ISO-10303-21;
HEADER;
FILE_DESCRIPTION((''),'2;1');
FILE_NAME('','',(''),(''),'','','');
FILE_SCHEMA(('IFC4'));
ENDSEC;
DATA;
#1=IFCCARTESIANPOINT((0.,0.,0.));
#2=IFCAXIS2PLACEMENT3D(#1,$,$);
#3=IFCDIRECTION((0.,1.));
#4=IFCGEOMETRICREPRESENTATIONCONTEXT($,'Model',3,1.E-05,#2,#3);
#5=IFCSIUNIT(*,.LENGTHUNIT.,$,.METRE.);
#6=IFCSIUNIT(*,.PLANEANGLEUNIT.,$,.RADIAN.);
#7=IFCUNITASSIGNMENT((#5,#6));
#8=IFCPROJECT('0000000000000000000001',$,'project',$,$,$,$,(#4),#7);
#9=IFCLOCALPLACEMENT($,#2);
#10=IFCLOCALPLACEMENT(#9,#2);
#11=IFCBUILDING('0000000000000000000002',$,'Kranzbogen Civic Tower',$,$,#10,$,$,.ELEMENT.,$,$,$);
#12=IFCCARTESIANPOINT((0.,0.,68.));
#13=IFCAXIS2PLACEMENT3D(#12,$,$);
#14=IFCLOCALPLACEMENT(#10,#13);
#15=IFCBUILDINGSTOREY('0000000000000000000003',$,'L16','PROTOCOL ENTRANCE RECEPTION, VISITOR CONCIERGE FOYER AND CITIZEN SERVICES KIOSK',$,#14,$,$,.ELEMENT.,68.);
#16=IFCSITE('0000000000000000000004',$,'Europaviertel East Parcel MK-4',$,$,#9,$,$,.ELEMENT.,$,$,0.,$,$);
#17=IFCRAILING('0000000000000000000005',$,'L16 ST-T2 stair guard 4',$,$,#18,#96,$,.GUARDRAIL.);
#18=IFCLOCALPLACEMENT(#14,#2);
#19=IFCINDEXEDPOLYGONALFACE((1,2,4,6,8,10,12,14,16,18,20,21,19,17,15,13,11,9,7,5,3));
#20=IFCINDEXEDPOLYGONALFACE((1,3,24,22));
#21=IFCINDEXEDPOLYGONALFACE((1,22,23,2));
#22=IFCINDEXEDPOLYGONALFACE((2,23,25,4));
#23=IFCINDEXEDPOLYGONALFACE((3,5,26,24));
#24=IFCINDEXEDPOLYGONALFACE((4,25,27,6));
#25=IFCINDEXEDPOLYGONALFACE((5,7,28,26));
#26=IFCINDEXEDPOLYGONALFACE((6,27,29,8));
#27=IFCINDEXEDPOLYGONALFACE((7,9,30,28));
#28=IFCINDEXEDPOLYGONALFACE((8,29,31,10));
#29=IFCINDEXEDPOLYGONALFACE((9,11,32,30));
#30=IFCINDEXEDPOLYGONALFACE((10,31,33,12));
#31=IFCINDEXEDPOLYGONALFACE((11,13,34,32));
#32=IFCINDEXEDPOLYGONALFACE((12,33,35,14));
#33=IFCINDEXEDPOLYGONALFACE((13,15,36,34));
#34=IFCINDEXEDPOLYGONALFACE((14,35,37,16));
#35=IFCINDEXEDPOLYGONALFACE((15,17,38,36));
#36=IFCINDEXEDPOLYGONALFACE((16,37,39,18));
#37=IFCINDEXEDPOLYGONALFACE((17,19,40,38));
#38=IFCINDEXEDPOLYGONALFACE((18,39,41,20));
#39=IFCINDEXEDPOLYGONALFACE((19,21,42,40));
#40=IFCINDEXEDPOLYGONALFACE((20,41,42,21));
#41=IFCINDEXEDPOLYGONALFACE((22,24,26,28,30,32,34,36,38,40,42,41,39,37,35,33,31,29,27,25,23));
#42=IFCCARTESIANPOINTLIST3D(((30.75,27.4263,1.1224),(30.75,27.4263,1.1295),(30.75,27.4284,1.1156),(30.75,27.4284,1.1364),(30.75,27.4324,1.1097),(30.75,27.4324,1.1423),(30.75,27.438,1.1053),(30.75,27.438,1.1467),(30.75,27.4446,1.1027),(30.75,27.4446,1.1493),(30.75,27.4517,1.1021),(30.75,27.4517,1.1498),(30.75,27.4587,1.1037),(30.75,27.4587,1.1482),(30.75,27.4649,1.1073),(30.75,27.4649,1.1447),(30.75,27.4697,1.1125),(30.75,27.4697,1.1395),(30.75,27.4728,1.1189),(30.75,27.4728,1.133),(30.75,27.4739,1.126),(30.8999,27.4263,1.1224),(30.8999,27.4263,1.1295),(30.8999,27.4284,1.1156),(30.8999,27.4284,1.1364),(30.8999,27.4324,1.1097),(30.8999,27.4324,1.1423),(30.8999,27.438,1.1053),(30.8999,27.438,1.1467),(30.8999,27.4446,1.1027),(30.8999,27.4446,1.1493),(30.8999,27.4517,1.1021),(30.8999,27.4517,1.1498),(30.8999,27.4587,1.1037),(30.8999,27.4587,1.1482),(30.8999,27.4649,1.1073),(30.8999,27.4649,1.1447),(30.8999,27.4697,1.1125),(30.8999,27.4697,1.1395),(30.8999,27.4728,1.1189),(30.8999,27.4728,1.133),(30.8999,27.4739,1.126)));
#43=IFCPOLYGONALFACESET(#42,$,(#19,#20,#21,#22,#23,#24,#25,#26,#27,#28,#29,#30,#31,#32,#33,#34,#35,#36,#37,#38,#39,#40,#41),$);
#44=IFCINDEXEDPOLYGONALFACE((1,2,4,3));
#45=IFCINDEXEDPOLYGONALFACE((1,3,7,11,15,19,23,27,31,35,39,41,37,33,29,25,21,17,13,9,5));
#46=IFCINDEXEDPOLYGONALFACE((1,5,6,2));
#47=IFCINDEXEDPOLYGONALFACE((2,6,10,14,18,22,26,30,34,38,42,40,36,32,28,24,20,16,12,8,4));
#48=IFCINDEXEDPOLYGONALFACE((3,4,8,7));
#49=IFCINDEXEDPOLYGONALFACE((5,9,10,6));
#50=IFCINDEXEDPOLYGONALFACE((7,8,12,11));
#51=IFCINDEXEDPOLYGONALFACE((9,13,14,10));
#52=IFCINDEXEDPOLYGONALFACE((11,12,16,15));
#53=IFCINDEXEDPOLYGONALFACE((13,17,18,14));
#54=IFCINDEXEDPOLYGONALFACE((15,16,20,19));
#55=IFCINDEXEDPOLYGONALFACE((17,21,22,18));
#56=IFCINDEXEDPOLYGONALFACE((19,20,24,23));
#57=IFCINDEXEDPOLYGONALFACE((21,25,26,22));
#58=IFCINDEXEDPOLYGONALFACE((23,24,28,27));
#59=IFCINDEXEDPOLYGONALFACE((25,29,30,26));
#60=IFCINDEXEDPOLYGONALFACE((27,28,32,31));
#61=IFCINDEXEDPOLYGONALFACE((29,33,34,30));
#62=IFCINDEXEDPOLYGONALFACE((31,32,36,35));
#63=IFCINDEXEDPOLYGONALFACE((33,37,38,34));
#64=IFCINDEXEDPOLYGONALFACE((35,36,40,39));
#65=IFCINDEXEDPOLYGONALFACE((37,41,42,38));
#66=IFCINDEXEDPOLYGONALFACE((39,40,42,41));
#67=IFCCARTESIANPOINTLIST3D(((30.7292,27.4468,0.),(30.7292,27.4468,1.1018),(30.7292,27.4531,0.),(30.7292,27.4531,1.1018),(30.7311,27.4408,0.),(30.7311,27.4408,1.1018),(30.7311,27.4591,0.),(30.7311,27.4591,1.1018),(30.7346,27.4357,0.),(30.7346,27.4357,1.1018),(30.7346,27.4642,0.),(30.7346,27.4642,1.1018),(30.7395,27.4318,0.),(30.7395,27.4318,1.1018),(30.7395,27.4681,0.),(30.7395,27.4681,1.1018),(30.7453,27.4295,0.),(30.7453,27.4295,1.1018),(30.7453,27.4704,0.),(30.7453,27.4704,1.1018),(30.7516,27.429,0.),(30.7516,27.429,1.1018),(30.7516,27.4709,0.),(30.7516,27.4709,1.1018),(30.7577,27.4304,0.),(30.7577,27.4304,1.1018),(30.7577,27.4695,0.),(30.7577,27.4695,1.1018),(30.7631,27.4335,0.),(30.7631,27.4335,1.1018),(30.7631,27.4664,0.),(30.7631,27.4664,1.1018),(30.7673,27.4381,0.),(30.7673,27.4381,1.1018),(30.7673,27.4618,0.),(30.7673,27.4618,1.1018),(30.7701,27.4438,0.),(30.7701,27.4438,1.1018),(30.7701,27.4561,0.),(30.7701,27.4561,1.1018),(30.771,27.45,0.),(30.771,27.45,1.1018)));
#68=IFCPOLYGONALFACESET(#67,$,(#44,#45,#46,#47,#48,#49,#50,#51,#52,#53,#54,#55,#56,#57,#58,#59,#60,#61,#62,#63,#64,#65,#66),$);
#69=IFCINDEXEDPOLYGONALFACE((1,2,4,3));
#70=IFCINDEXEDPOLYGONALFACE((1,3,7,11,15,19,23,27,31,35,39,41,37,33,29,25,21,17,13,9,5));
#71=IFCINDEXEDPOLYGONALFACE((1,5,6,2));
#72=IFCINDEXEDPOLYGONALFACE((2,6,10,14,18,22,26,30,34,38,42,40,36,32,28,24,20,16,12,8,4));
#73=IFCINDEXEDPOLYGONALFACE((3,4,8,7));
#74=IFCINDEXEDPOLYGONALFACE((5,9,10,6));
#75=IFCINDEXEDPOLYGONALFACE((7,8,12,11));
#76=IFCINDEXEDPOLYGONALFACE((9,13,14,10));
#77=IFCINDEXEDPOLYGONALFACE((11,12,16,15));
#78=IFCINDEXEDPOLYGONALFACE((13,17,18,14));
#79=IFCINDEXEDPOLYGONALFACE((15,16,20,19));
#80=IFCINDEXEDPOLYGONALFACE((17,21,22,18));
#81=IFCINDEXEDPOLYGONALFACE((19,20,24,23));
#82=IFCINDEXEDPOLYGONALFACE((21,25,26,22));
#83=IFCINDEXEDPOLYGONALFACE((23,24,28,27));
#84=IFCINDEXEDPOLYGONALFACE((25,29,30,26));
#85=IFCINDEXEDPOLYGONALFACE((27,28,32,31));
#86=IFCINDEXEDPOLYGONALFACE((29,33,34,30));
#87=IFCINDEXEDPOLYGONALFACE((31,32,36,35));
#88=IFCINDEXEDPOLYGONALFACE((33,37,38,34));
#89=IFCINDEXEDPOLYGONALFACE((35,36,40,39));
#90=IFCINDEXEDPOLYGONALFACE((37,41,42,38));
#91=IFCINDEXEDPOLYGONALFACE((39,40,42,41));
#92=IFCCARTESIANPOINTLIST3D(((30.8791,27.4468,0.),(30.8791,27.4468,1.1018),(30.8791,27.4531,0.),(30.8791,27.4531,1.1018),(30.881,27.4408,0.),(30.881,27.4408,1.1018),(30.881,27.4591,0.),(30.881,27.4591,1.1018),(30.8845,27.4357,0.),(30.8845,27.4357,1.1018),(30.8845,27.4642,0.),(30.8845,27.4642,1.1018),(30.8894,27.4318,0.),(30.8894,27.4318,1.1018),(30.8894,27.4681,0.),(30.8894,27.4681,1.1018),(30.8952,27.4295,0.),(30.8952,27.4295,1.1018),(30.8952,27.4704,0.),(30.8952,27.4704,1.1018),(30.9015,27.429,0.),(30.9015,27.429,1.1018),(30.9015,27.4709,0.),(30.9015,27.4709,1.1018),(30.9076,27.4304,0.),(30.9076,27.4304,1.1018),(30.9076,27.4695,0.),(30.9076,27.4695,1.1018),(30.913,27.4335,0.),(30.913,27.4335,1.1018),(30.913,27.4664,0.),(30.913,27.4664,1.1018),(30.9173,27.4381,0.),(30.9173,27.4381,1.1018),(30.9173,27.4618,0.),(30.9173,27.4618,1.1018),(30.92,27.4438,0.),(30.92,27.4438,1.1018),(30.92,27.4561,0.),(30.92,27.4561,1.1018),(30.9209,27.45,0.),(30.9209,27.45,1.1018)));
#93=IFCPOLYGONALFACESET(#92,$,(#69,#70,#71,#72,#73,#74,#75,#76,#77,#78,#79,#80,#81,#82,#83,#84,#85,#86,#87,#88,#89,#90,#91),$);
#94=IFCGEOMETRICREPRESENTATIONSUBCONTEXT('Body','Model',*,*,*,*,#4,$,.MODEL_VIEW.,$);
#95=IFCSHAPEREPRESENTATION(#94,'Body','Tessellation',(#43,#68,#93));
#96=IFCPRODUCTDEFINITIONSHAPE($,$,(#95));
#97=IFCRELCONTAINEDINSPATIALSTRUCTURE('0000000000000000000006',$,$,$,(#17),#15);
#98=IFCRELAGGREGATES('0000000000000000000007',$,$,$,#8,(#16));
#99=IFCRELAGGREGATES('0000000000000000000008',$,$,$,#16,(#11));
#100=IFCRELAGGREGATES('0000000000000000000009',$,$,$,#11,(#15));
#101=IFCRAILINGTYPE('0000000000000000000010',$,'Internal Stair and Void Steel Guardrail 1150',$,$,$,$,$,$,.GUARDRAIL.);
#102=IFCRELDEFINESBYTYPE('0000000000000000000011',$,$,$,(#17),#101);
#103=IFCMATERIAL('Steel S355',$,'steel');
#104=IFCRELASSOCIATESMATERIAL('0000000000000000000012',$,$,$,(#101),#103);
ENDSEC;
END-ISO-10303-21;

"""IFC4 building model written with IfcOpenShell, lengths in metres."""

from ifc_helpers import new_model, si_unit, direction, frame, origin, origin_2d, place, context, subcontext, project, spatial, circle, extrude, material, type_object, element, save


model = new_model("IFC4")

# Units and contexts
model_context = context("Model", 3, precision=1e-05, world=origin(), true_north=direction((0.0, 1.0)))
body_context = subcontext(model_context, "Body", "Model", "MODEL_VIEW")
ifc_project = project(units=[si_unit("LENGTHUNIT", "METRE"), si_unit("PLANEANGLEUNIT", "RADIAN")], contexts=[model_context])

# Site, building, storey
site_placement = place(None, origin())
site = spatial("IfcSite", under=ifc_project, at=site_placement, Name="Europaviertel East Parcel MK-4", CompositionType="ELEMENT", RefElevation=0.0)
building_placement = place(site_placement, origin())
building = spatial("IfcBuilding", under=site, at=building_placement, Name="Kranzbogen Civic Tower", CompositionType="ELEMENT")
storey_placement = place(building_placement, frame((0.0, 0.0, 68.0)))
storey = spatial("IfcBuildingStorey", under=building, at=storey_placement, Name="L16", Description="PROTOCOL ENTRANCE RECEPTION, VISITOR CONCIERGE FOYER AND CITIZEN SERVICES KIOSK", CompositionType="ELEMENT", Elevation=68.0)

# Shared definitions
ifc_material_1 = material(Name="Steel S355", Category="steel")

# Railing
railing_type_1 = type_object("IfcRailingType", Name="Internal Stair and Void Steel Guardrail 1150", PredefinedType="GUARDRAIL", material=ifc_material_1)
railing_1_placement = place(storey_placement, frame((30.75, 27.45, 0.0)))
element("IfcRailing", 1, at=railing_1_placement, inside=storey, type_object=railing_type_1, Name="L16 ST-T2 stair guard 4", PredefinedType="GUARDRAIL", context=body_context, shape_type="SweptSolid", body=[
    extrude(circle(Radius=0.0239, at=origin_2d()), frame((0.0, 0.0, 1.126), z_axis=(1.0, 0.0, 0.0), x_axis=(0.0, 1.0, 0.0)), (0.0, 0.0, 1.0), 0.1499),
    extrude(circle(Radius=0.021, at=origin_2d()), origin(), (0.0, 0.0, 1.0), 1.1018),
    extrude(circle(Radius=0.021, at=origin_2d()), frame((0.1499, 0.0, 0.0)), (0.0, 0.0, 1.0), 1.1018),
])

save(model, "model.ifc")
